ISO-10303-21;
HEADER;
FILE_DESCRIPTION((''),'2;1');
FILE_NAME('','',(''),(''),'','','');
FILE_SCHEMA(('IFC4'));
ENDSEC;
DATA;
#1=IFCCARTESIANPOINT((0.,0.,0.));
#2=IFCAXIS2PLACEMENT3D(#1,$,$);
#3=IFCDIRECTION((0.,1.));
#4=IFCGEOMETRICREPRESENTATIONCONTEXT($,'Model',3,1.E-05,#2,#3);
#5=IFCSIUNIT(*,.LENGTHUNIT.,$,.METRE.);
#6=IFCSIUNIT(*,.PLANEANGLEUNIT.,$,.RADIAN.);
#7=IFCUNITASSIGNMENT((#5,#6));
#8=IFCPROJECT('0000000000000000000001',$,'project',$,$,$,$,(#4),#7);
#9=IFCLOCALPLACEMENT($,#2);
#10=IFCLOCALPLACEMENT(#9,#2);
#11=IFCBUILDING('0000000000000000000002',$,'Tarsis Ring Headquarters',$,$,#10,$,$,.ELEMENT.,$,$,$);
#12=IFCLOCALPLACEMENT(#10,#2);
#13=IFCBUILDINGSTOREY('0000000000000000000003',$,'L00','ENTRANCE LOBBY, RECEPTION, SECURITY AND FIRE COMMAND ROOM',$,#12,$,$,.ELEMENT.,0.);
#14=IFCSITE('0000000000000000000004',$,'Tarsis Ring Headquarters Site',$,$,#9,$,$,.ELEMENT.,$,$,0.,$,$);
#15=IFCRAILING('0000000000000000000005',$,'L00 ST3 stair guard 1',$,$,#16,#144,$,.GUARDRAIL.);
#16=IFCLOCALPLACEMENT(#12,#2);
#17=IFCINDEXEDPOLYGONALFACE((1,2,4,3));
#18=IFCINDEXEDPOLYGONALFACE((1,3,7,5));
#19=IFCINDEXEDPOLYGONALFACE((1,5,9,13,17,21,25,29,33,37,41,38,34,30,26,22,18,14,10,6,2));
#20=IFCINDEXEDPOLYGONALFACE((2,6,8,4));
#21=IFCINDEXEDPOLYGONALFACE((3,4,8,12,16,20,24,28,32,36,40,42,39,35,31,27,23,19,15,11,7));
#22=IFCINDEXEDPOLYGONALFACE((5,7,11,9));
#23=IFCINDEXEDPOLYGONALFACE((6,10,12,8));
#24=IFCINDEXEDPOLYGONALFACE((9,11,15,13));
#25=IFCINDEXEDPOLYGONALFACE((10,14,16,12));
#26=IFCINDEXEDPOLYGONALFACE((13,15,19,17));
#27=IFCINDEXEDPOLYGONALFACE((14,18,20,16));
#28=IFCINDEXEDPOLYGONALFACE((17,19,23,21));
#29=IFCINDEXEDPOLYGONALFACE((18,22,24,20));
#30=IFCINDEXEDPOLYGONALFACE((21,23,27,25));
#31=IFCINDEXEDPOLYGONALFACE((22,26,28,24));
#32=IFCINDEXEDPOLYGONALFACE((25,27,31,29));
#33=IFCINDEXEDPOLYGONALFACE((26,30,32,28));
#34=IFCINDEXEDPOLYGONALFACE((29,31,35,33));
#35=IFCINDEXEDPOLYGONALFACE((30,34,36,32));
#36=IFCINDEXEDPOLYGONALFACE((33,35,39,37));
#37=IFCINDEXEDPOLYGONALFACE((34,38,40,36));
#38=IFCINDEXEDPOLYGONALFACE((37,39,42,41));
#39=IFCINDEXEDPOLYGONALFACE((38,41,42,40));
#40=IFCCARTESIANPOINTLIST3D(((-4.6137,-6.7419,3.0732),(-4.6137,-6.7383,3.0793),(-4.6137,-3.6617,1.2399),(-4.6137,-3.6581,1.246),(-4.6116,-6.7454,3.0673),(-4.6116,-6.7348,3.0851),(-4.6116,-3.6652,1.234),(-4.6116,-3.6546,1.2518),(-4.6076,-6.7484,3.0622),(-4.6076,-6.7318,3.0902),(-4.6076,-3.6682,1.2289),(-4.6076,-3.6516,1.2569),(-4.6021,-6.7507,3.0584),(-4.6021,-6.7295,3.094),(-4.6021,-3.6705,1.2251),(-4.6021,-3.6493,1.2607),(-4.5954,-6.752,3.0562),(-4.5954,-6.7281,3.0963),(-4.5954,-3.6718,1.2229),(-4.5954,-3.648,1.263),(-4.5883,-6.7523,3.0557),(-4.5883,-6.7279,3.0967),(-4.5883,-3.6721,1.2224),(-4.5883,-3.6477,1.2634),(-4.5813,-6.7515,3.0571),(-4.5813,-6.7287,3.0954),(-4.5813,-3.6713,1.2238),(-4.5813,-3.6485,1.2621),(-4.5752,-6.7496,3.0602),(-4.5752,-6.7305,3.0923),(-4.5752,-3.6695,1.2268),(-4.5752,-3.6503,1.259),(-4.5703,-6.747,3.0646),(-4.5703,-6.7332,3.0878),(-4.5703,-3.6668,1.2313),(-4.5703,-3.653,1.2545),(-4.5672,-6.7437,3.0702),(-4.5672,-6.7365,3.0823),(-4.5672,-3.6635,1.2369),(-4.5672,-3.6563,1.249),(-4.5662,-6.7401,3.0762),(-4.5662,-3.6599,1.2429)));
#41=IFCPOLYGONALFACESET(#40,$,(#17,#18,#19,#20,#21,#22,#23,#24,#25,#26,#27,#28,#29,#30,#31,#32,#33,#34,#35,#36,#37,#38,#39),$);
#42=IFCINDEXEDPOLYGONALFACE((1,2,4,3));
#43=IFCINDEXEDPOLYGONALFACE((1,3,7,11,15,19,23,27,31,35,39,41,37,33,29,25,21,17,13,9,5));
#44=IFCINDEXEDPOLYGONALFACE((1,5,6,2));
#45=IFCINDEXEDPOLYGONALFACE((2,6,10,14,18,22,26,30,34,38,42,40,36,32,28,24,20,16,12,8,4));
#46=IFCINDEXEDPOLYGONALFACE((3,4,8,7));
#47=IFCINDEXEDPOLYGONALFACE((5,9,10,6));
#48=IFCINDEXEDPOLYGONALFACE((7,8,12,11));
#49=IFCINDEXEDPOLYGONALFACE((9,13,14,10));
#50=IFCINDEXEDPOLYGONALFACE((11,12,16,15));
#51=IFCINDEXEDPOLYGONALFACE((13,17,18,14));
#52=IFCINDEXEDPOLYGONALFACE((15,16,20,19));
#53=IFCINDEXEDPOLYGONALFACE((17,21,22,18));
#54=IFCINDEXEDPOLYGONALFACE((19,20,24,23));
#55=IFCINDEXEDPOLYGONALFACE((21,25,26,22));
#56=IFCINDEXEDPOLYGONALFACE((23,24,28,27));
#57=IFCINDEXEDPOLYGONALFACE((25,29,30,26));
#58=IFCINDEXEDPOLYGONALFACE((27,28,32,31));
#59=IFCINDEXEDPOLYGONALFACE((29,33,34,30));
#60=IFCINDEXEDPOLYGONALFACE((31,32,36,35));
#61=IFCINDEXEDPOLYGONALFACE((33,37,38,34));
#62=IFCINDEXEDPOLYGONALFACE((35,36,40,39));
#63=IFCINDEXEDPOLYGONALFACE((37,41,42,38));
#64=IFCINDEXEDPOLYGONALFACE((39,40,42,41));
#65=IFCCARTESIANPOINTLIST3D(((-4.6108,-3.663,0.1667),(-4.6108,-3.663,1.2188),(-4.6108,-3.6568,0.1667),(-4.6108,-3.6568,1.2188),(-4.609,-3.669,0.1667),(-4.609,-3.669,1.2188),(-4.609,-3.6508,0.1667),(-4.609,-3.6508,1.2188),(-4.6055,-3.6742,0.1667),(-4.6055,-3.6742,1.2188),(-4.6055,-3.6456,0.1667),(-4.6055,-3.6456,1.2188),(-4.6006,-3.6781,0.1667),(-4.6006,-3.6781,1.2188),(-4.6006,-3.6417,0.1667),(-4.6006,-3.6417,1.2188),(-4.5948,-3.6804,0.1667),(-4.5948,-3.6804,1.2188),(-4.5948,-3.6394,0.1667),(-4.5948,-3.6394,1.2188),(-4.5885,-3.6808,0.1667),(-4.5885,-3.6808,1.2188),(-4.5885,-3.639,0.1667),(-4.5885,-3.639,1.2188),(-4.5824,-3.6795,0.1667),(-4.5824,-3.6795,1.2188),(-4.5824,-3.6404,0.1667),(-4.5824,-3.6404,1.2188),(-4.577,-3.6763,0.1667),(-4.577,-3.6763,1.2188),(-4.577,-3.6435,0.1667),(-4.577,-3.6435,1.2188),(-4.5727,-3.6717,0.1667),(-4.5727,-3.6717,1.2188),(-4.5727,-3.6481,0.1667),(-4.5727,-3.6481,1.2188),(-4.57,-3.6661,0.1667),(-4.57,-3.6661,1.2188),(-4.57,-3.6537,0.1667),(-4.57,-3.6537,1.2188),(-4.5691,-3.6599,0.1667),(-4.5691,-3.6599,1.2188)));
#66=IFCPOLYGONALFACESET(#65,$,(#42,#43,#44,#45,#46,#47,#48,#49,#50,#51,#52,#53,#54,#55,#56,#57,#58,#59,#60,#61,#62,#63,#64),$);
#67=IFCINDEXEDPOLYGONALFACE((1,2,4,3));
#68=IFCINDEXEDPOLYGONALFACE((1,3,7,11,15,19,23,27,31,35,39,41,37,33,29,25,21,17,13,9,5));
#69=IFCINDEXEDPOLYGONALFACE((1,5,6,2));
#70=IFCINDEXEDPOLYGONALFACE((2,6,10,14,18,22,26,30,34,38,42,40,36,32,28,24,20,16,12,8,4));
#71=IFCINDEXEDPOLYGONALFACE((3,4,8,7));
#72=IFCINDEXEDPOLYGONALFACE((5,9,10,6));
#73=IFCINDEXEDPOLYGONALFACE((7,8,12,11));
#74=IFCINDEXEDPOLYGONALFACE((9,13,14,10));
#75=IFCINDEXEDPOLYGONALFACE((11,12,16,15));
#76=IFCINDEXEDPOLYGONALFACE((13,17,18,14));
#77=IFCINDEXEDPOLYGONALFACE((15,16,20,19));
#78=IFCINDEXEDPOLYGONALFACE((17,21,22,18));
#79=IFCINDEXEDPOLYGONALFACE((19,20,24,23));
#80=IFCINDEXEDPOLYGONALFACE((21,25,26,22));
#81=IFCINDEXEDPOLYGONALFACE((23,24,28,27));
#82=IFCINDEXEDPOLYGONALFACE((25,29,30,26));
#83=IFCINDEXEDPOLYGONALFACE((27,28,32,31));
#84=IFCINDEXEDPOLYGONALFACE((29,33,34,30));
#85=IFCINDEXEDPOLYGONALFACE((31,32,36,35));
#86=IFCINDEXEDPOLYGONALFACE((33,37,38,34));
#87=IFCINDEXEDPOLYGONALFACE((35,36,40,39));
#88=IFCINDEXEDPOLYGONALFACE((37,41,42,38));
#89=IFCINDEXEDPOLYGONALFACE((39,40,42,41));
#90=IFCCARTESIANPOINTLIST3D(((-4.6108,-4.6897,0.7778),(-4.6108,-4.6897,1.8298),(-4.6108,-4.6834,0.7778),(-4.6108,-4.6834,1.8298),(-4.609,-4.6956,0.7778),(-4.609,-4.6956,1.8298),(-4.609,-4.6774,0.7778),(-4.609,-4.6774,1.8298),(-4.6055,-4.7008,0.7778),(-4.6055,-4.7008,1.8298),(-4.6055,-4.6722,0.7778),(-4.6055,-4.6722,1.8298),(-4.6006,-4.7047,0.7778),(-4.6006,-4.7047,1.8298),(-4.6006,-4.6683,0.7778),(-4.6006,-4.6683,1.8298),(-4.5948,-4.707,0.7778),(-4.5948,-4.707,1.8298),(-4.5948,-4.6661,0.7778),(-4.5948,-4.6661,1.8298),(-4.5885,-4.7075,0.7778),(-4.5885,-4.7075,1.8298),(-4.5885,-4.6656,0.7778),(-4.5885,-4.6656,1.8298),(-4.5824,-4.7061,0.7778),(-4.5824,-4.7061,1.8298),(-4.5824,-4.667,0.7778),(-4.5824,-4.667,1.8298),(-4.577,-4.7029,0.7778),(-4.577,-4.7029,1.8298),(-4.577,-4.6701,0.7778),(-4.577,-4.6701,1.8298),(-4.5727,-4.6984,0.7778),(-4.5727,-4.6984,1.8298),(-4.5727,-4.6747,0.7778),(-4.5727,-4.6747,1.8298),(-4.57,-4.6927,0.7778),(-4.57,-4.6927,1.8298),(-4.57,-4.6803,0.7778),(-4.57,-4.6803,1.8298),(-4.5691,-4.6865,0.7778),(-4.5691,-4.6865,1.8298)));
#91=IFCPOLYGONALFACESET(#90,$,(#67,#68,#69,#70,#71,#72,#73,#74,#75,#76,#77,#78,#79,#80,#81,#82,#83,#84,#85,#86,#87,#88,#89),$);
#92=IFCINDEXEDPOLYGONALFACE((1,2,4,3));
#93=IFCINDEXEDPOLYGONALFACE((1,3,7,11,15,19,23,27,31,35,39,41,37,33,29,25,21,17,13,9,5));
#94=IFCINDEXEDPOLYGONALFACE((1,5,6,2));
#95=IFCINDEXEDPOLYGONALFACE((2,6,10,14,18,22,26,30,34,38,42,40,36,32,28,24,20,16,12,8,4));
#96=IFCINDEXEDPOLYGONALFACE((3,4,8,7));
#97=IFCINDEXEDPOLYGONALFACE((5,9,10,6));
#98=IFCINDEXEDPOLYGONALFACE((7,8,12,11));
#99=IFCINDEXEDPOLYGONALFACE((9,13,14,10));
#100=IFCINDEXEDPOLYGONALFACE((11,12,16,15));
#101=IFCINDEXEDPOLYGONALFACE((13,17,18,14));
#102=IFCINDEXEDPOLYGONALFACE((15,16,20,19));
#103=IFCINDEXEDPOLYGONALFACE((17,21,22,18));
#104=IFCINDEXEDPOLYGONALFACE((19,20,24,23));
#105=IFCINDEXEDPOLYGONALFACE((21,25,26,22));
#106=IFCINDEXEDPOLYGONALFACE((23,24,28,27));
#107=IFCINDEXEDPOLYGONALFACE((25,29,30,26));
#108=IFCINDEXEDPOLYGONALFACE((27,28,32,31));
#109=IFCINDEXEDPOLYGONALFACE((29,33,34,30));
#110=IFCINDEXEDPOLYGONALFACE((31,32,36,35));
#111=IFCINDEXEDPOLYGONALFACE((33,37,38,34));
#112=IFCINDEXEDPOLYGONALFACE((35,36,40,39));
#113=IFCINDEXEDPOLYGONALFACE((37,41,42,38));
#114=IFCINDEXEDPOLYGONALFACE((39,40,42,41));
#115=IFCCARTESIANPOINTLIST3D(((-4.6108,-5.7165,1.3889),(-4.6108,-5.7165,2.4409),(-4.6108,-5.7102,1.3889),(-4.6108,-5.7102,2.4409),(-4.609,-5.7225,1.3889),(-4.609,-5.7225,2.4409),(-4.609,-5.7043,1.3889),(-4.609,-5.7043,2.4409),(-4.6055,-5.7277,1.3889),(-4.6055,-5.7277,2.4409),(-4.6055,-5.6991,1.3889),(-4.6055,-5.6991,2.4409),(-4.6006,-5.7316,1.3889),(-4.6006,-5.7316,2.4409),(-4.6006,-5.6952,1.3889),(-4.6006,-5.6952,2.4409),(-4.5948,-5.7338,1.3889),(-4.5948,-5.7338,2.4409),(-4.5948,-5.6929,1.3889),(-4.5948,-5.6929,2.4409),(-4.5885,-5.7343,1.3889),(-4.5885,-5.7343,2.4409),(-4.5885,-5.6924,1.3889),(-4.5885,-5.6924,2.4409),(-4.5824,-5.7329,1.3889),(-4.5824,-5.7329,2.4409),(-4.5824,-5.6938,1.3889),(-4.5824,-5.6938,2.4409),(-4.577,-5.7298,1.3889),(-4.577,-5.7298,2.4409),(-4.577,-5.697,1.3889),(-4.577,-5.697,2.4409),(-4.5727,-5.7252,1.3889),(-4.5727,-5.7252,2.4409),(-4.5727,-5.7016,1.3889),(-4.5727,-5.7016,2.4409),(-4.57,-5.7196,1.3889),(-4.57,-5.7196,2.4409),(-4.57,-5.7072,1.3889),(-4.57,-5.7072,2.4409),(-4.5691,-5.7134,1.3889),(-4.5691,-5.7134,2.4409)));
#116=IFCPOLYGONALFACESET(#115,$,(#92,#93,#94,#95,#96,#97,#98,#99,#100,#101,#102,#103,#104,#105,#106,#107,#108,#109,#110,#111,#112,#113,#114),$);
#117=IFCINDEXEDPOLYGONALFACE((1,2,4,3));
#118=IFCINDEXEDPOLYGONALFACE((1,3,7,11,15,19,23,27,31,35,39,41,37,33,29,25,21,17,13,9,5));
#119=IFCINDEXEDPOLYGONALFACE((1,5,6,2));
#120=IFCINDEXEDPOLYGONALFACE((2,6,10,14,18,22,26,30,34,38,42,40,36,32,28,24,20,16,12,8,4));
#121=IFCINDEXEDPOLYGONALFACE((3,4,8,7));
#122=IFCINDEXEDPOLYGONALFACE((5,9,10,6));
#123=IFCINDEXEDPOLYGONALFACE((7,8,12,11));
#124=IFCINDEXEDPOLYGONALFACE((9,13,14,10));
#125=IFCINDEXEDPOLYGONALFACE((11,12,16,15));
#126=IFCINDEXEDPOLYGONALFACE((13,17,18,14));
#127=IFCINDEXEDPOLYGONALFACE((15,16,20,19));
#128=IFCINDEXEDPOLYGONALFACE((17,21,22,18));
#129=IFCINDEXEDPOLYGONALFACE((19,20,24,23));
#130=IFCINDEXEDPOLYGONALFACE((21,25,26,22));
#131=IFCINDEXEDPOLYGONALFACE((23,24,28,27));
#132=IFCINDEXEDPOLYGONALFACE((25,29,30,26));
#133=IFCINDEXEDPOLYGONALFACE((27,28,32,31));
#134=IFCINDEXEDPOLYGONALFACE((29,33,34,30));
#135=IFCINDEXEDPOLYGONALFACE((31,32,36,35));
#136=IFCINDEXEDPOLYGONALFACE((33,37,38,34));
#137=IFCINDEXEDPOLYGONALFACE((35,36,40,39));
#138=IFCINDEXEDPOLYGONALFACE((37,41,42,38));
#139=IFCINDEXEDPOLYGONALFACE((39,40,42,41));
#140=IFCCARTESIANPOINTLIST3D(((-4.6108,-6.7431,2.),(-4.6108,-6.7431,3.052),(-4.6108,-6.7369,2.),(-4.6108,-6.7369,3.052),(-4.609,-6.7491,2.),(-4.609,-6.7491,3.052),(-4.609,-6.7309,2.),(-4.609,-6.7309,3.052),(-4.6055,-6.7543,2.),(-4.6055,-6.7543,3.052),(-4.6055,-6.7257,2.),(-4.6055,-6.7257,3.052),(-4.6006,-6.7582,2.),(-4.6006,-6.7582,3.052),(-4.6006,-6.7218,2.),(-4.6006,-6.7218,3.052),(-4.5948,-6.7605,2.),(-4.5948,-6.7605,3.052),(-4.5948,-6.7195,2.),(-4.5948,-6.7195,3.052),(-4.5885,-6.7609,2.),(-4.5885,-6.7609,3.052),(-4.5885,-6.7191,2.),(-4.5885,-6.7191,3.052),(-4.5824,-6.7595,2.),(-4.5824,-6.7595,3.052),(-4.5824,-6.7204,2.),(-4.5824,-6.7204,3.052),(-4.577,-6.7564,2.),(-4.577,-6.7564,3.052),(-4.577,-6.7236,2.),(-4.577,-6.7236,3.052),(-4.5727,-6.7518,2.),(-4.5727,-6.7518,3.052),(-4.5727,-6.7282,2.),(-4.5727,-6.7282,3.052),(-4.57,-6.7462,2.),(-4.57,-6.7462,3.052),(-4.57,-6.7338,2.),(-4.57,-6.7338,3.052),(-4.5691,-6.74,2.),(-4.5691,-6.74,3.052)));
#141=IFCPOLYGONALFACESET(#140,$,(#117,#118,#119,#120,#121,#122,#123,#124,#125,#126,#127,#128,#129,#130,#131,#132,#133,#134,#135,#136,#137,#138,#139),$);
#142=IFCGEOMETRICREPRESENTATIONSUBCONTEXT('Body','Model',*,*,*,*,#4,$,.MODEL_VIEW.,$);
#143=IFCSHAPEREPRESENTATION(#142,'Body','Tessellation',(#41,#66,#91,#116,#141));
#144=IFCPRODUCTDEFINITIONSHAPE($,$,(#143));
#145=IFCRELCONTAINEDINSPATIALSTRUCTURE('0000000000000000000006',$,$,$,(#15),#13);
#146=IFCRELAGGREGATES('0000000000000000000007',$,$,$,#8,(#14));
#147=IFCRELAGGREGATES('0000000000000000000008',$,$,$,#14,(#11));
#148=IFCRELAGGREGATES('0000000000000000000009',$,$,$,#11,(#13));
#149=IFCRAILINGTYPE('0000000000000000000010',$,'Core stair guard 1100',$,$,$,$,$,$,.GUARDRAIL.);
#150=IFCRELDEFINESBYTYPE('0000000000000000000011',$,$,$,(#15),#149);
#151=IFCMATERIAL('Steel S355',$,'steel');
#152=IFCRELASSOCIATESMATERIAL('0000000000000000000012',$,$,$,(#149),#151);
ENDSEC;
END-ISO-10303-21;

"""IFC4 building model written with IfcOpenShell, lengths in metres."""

from ifc_helpers import new_model, si_unit, direction, frame, origin, origin_2d, place, context, subcontext, project, spatial, circle, extrude, material, type_object, element, save


model = new_model("IFC4")

# Units and contexts
model_context = context("Model", 3, precision=1e-05, world=origin(), true_north=direction((0.0, 1.0)))
body_context = subcontext(model_context, "Body", "Model", "MODEL_VIEW")
ifc_project = project(units=[si_unit("LENGTHUNIT", "METRE"), si_unit("PLANEANGLEUNIT", "RADIAN")], contexts=[model_context])

# Site, building, storey
site_placement = place(None, origin())
site = spatial("IfcSite", under=ifc_project, at=site_placement, Name="Tarsis Ring Headquarters Site", CompositionType="ELEMENT", RefElevation=0.0)
building_placement = place(site_placement, origin())
building = spatial("IfcBuilding", under=site, at=building_placement, Name="Tarsis Ring Headquarters", CompositionType="ELEMENT")
storey_placement = place(building_placement, origin())
storey = spatial("IfcBuildingStorey", under=building, at=storey_placement, Name="L00", Description="ENTRANCE LOBBY, RECEPTION, SECURITY AND FIRE COMMAND ROOM", CompositionType="ELEMENT", Elevation=0.0)

# Railing
ifc_material = material(Name="Steel S355", Category="steel")
railing_type_1 = type_object("IfcRailingType", Name="Core stair guard 1100", PredefinedType="GUARDRAIL", material=ifc_material)
railing_1_placement = place(storey_placement, frame((-4.5901, -3.6599, 0.1667)))
element("IfcRailing", 1, at=railing_1_placement, inside=storey, type_object=railing_type_1, Name="L00 ST3 stair guard 1", PredefinedType="GUARDRAIL", context=body_context, shape_type="SweptSolid", body=[
    extrude(circle(Radius=0.0239, at=origin_2d()), frame((0.0, 0.0, 1.0762), z_axis=(0.0, -0.859309, 0.511458), x_axis=(1.0, 0.0, 0.0)), (0.0, 0.0, 1.0), 3.5845),
    extrude(circle(Radius=0.021, at=origin_2d()), origin(), (0.0, 0.0, 1.0), 1.052),
    extrude(circle(Radius=0.021, at=origin_2d()), frame((0.0, -1.0266, 0.6111)), (0.0, 0.0, 1.0), 1.052),
    extrude(circle(Radius=0.021, at=origin_2d()), frame((0.0, -2.0535, 1.2222)), (0.0, 0.0, 1.0), 1.052),
    extrude(circle(Radius=0.021, at=origin_2d()), frame((0.0, -3.0801, 1.8333)), (0.0, 0.0, 1.0), 1.052),
])

save(model, "model.ifc")
